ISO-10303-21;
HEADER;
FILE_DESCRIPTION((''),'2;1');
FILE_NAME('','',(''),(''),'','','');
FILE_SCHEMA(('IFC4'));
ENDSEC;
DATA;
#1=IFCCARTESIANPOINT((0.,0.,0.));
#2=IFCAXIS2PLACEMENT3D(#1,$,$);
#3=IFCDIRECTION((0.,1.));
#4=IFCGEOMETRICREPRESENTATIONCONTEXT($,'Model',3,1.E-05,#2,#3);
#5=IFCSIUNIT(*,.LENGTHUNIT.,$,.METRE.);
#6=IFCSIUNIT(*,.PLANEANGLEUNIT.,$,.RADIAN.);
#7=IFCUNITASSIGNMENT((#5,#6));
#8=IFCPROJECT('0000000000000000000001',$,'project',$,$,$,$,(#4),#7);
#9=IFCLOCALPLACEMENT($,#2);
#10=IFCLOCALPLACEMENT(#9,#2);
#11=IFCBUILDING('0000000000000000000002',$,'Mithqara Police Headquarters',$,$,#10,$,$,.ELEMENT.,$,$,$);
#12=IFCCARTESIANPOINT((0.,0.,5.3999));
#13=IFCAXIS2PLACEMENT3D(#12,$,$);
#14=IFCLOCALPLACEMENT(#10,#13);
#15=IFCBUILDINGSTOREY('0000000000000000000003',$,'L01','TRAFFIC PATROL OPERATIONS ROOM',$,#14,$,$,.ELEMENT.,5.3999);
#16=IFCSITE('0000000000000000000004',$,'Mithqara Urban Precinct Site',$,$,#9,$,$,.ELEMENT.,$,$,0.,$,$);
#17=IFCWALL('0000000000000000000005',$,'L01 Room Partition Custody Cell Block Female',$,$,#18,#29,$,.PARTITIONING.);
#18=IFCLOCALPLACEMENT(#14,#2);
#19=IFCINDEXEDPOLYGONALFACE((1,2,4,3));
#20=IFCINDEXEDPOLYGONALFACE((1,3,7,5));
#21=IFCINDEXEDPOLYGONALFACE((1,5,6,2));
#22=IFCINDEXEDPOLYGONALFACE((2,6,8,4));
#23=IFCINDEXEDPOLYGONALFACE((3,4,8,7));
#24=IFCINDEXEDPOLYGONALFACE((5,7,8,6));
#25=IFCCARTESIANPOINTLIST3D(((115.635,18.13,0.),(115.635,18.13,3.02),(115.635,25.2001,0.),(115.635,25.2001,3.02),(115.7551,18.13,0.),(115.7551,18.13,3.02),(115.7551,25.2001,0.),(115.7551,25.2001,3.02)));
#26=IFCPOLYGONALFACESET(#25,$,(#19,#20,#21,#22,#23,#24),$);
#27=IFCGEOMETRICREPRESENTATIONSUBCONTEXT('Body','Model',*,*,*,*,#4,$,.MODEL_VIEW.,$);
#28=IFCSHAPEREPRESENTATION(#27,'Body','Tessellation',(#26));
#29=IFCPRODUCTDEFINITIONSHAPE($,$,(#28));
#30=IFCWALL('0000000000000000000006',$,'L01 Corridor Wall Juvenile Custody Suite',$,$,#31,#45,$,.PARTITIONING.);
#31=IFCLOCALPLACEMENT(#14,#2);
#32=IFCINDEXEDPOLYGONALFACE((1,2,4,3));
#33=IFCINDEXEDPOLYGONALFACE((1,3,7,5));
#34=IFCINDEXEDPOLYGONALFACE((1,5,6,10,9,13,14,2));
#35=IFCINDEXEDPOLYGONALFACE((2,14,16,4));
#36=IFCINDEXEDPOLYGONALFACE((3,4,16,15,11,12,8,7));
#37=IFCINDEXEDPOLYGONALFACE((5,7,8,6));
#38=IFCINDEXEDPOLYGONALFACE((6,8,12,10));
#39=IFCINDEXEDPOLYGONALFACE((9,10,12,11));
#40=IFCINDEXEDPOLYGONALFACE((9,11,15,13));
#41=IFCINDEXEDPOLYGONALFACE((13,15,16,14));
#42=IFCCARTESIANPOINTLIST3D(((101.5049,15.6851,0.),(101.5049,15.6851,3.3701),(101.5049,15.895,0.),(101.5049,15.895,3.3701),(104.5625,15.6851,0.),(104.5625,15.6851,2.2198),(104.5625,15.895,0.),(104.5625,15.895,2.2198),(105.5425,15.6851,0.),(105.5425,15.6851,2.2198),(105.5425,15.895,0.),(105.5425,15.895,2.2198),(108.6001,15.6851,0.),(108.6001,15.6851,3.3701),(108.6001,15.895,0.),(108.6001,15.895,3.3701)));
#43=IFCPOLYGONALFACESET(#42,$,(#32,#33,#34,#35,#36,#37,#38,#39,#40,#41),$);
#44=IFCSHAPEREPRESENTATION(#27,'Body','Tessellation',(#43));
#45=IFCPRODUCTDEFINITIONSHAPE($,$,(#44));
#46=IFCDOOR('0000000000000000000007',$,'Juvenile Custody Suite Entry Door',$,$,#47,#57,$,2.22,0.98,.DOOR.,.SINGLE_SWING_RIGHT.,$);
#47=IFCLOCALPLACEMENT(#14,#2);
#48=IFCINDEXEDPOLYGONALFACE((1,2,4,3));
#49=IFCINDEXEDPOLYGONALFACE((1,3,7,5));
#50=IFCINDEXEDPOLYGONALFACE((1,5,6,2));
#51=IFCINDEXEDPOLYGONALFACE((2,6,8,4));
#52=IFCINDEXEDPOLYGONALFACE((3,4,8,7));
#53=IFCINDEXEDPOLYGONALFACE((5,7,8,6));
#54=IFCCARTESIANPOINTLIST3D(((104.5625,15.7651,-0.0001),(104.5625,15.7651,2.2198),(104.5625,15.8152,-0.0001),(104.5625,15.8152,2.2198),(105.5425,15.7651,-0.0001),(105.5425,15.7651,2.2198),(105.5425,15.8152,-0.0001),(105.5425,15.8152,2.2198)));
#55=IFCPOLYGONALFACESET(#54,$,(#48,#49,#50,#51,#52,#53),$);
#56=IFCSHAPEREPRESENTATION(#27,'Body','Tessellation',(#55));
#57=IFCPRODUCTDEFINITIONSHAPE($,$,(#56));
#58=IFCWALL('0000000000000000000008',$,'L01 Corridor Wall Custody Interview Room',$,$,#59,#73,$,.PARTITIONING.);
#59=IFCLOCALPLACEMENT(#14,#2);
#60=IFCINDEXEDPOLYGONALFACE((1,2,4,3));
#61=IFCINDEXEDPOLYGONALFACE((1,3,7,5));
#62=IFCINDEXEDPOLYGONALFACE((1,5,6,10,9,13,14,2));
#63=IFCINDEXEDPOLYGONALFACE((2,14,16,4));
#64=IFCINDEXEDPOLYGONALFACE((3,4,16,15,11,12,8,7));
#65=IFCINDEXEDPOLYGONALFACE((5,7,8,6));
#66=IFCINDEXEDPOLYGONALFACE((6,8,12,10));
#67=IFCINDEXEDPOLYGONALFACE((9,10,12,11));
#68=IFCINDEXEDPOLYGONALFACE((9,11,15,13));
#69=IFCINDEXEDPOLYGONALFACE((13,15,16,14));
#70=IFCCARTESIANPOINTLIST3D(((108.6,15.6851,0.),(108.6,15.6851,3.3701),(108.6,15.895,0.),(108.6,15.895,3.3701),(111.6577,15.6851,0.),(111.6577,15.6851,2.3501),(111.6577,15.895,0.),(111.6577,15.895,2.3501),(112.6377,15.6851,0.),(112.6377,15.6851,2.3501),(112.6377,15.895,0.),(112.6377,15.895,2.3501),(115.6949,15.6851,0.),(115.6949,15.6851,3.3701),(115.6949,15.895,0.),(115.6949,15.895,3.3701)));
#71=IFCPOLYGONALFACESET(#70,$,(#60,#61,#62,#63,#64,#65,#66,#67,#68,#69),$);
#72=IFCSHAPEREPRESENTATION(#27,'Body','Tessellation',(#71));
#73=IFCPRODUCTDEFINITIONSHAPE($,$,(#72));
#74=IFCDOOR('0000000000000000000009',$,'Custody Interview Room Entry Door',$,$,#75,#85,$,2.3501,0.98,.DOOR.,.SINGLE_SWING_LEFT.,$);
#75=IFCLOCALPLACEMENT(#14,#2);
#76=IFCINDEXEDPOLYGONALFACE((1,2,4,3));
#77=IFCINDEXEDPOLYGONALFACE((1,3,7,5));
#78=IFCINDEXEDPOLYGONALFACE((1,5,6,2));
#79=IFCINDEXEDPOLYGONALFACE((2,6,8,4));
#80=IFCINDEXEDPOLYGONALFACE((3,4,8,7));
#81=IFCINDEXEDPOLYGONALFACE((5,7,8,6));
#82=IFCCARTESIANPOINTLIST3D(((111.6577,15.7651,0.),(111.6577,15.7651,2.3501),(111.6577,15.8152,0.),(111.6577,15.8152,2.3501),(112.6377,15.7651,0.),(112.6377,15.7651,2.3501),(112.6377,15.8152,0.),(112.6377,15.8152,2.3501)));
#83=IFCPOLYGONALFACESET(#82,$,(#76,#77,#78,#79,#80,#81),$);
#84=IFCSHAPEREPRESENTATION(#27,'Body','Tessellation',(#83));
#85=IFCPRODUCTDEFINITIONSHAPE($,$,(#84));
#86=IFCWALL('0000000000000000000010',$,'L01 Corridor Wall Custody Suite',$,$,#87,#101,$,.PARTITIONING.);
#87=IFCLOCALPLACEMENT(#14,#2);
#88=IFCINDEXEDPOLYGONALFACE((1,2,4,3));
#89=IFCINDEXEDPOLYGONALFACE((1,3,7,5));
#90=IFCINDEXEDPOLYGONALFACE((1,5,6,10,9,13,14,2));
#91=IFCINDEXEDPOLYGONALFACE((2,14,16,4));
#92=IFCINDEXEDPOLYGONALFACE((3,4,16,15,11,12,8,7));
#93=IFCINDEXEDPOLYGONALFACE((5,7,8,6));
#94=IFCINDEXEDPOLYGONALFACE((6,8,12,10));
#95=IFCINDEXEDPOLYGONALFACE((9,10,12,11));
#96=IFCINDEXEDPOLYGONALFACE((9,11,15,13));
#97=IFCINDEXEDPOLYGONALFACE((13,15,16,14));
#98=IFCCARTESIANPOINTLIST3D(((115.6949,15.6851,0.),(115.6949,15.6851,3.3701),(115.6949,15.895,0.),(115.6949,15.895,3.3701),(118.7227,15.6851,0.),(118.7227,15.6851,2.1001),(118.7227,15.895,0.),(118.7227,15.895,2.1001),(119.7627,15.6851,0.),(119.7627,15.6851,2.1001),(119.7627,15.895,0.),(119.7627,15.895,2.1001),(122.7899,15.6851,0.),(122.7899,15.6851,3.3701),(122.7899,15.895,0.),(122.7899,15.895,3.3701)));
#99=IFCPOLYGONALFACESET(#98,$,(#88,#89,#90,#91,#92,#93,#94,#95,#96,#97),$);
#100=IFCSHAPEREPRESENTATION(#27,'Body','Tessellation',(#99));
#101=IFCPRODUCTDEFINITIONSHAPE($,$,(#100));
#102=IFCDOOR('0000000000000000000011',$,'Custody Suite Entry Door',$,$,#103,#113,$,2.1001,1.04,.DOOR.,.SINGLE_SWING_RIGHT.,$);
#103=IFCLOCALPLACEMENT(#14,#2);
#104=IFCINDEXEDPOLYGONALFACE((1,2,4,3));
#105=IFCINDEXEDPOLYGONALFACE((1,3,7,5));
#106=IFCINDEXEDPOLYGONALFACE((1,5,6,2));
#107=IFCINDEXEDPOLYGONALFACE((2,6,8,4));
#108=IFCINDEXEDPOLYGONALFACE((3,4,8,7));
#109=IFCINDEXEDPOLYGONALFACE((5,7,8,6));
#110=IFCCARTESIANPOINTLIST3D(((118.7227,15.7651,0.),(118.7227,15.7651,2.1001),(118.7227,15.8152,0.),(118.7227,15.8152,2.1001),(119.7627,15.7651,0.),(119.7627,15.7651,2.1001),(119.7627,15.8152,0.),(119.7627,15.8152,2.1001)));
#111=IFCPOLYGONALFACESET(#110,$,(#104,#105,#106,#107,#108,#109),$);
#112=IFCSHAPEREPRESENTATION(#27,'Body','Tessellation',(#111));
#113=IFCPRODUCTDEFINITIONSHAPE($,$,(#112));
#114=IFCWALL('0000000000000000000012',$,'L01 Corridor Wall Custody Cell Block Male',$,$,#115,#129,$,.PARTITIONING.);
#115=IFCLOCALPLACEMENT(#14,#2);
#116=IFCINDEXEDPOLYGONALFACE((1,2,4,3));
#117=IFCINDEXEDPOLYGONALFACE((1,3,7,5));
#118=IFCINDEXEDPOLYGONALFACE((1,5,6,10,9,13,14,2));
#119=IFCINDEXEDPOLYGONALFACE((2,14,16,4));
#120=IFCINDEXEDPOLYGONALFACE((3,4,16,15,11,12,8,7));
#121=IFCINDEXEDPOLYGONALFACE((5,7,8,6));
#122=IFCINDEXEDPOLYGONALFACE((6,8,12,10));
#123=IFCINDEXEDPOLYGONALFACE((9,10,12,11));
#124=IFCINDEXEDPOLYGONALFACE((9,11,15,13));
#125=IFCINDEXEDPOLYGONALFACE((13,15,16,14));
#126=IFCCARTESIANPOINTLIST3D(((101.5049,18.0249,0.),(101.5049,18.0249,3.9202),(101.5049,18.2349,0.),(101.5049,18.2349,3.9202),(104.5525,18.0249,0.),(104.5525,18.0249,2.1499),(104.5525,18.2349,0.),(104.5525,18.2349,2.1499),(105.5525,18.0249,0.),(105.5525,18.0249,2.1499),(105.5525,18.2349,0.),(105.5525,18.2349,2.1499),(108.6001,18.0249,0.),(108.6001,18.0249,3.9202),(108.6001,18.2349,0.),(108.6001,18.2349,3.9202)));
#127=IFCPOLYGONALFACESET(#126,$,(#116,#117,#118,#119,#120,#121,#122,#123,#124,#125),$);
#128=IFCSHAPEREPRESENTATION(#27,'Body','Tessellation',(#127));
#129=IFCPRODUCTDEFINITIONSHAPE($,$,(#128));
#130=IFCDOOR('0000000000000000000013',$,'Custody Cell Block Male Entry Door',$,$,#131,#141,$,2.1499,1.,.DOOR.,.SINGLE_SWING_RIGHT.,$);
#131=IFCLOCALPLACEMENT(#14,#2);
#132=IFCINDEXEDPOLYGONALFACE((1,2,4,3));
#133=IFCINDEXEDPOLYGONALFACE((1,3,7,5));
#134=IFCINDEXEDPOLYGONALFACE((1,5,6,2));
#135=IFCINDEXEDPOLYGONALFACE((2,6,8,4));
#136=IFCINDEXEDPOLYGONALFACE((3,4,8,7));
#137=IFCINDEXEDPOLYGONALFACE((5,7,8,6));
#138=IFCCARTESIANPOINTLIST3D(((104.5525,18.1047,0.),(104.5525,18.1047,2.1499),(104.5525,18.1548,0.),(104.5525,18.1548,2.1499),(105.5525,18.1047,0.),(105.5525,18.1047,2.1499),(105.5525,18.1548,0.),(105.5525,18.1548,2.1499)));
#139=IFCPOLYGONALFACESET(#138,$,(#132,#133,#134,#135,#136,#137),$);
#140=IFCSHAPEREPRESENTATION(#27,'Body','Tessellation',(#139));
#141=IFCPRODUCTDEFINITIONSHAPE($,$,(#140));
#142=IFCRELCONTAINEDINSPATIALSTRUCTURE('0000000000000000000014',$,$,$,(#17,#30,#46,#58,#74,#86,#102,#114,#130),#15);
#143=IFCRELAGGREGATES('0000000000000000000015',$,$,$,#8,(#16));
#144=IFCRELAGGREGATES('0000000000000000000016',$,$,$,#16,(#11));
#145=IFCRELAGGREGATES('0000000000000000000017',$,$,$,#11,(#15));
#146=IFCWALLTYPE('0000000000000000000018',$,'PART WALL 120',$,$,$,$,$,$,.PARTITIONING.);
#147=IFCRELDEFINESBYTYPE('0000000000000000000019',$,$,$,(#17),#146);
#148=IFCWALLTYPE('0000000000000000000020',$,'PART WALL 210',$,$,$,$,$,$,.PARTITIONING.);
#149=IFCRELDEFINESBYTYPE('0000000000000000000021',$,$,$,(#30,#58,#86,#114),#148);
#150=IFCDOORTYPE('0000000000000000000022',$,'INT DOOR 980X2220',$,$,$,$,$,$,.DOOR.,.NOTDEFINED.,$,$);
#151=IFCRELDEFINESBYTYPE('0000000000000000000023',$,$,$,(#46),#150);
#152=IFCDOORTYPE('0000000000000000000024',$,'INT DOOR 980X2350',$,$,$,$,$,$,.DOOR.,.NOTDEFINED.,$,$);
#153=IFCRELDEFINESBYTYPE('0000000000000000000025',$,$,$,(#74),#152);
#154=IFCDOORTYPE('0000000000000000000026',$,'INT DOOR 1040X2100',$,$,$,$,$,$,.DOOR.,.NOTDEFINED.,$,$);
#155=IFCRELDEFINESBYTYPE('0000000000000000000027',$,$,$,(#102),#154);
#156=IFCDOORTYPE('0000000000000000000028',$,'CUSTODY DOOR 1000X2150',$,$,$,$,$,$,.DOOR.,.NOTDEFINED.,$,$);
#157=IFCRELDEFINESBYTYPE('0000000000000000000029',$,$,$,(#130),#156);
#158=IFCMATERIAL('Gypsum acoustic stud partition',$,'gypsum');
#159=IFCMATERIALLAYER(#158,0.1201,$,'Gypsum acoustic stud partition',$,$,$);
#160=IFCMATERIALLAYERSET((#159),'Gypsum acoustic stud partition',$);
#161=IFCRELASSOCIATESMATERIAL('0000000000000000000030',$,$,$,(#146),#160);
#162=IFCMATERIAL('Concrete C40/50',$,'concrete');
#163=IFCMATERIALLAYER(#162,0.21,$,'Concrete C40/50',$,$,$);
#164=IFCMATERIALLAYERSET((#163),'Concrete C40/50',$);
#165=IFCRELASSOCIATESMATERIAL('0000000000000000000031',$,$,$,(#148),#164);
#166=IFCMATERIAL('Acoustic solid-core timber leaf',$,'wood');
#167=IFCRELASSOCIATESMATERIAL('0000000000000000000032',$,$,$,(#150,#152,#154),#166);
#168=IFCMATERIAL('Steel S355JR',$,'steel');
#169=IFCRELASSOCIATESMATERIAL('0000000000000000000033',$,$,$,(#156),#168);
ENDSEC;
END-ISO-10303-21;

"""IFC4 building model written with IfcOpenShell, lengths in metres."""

from ifc_helpers import new_model, si_unit, direction, frame, frame_2d, origin, place, context, subcontext, project, spatial, rectangle, extrude, material, layer, layer_set, type_object, element, fill, save


model = new_model("IFC4")

# Units and contexts
model_context = context("Model", 3, precision=1e-05, world=origin(), true_north=direction((0.0, 1.0)))
body_context = subcontext(model_context, "Body", "Model", "MODEL_VIEW")
ifc_project = project(units=[si_unit("LENGTHUNIT", "METRE"), si_unit("PLANEANGLEUNIT", "RADIAN")], contexts=[model_context])

# Site, building, storey
site_placement = place(None, origin())
site = spatial("IfcSite", under=ifc_project, at=site_placement, Name="Mithqara Urban Precinct Site", CompositionType="ELEMENT", RefElevation=0.0)
building_placement = place(site_placement, origin())
building = spatial("IfcBuilding", under=site, at=building_placement, Name="Mithqara Police Headquarters", CompositionType="ELEMENT")
storey_placement = place(building_placement, frame((0.0, 0.0, 5.3999)))
storey = spatial("IfcBuildingStorey", under=building, at=storey_placement, Name="L01", Description="TRAFFIC PATROL OPERATIONS ROOM", CompositionType="ELEMENT", Elevation=5.3999)

# Shared definitions
ifc_material_1 = material(Name="Steel S355JR", Category="steel")
ifc_material_2 = material(Name="Concrete C40/50", Category="concrete")

# Wall
ifc_material_3 = material(Name="Gypsum acoustic stud partition", Category="gypsum")
ifc_layer_1 = layer(ifc_material_3, 0.1201, Name="Gypsum acoustic stud partition")
ifc_layer_set_1 = layer_set([ifc_layer_1], Name="Gypsum acoustic stud partition")
wall_type_1 = type_object("IfcWallType", Name="PART WALL 120", PredefinedType="PARTITIONING", material=ifc_layer_set_1)
wall_1_placement = place(storey_placement, frame((115.6951, 18.1299, 0.0), z_axis=(0.0, 0.0, 1.0), x_axis=(0.0, 1.0, 0.0)))
element("IfcWall", 1, at=wall_1_placement, inside=storey, type_object=wall_type_1, Name="L01 Room Partition Custody Cell Block Female", PredefinedType="PARTITIONING", context=body_context, shape_type="SweptSolid", body=[
    extrude(rectangle(XDim=7.0701, YDim=0.1201, at=frame_2d((3.5352, 0.0))), origin(), (0.0, 0.0, 1.0), 3.02),
])

# Walls, openings, doors
ifc_layer_2 = layer(ifc_material_2, 0.21, Name="Concrete C40/50")
ifc_layer_set_2 = layer_set([ifc_layer_2], Name="Concrete C40/50")
wall_type_2 = type_object("IfcWallType", Name="PART WALL 210", PredefinedType="PARTITIONING", material=ifc_layer_set_2)
wall_2_placement = place(storey_placement, frame((101.5049, 15.79, 0.0), z_axis=(0.0, 0.0, 1.0), x_axis=(1.0, 0.0, 0.0)))
wall_2 = element("IfcWall", 2, at=wall_2_placement, inside=storey, type_object=wall_type_2, Name="L01 Corridor Wall Juvenile Custody Suite", PredefinedType="PARTITIONING", context=body_context, shape_type="SweptSolid", body=[
    extrude(rectangle(XDim=7.0952, YDim=0.21, at=frame_2d((3.5476, 0.0))), origin(), (0.0, 0.0, 1.0), 3.3701),
])
opening_1_placement = place(wall_2_placement, frame((3.0576, 0.0, 0.0)))
opening_1 = element("IfcOpeningElement", 3, at=opening_1_placement, cuts=wall_2, PredefinedType="OPENING", context=body_context, shape_type="SweptSolid", body=[
    extrude(rectangle(XDim=0.98, YDim=2.22, at=frame_2d((0.49, 1.1099))), frame((0.0, 0.115, 0.0), z_axis=(0.0, -1.0, 0.0), x_axis=(1.0, 0.0, 0.0)), (0.0, 0.0, 1.0), 0.23),
])
ifc_material_4 = material(Name="Acoustic solid-core timber leaf", Category="wood")
door_type_1 = type_object("IfcDoorType", Name="INT DOOR 980X2220", OperationType="NOTDEFINED", PredefinedType="DOOR", material=ifc_material_4)
door_1_placement = place(opening_1_placement, frame((0.98, 0.0, 0.0), z_axis=(0.0, 0.0, 1.0), x_axis=(-1.0, 0.0, 0.0)))
door_1 = element("IfcDoor", 4, at=door_1_placement, inside=storey, type_object=door_type_1, Name="Juvenile Custody Suite Entry Door", OperationType="SINGLE_SWING_RIGHT", OverallHeight=2.22, OverallWidth=0.98, PredefinedType="DOOR", context=body_context, shape_type="SweptSolid", body=[
    extrude(rectangle(XDim=0.98, YDim=2.22, at=frame_2d((0.49, 1.1099))), frame((0.0, 0.0249, 0.0), z_axis=(0.0, -1.0, 0.0), x_axis=(1.0, 0.0, 0.0)), (0.0, 0.0, 1.0), 0.05),
])
fill(opening_1, door_1)
wall_3_placement = place(storey_placement, frame((108.6001, 15.79, 0.0), z_axis=(0.0, 0.0, 1.0), x_axis=(1.0, 0.0, 0.0)))
wall_3 = element("IfcWall", 5, at=wall_3_placement, inside=storey, type_object=wall_type_2, Name="L01 Corridor Wall Custody Interview Room", PredefinedType="PARTITIONING", context=body_context, shape_type="SweptSolid", body=[
    extrude(rectangle(XDim=7.095, YDim=0.21, at=frame_2d((3.5474, 0.0))), origin(), (0.0, 0.0, 1.0), 3.3701),
])
opening_2_placement = place(wall_3_placement, frame((3.0576, 0.0, 0.0)))
opening_2 = element("IfcOpeningElement", 6, at=opening_2_placement, cuts=wall_3, PredefinedType="OPENING", context=body_context, shape_type="SweptSolid", body=[
    extrude(rectangle(XDim=0.98, YDim=2.3501, at=frame_2d((0.49, 1.175))), frame((0.0, 0.115, 0.0), z_axis=(0.0, -1.0, 0.0), x_axis=(1.0, 0.0, 0.0)), (0.0, 0.0, 1.0), 0.23),
])
door_type_2 = type_object("IfcDoorType", Name="INT DOOR 980X2350", OperationType="NOTDEFINED", PredefinedType="DOOR", material=ifc_material_4)
door_2_placement = place(opening_2_placement, frame((0.98, 0.0, 0.0), z_axis=(0.0, 0.0, 1.0), x_axis=(-1.0, 0.0, 0.0)))
door_2 = element("IfcDoor", 7, at=door_2_placement, inside=storey, type_object=door_type_2, Name="Custody Interview Room Entry Door", OperationType="SINGLE_SWING_LEFT", OverallHeight=2.3501, OverallWidth=0.98, PredefinedType="DOOR", context=body_context, shape_type="SweptSolid", body=[
    extrude(rectangle(XDim=0.98, YDim=2.3501, at=frame_2d((0.49, 1.175))), frame((0.0, 0.0249, 0.0), z_axis=(0.0, -1.0, 0.0), x_axis=(1.0, 0.0, 0.0)), (0.0, 0.0, 1.0), 0.05),
])
fill(opening_2, door_2)
wall_4_placement = place(storey_placement, frame((115.6951, 15.79, 0.0), z_axis=(0.0, 0.0, 1.0), x_axis=(1.0, 0.0, 0.0)))
wall_4 = element("IfcWall", 8, at=wall_4_placement, inside=storey, type_object=wall_type_2, Name="L01 Corridor Wall Custody Suite", PredefinedType="PARTITIONING", context=body_context, shape_type="SweptSolid", body=[
    extrude(rectangle(XDim=7.095, YDim=0.21, at=frame_2d((3.5474, 0.0))), origin(), (0.0, 0.0, 1.0), 3.3701),
])
opening_3_placement = place(wall_4_placement, frame((3.0276, 0.0, 0.0)))
opening_3 = element("IfcOpeningElement", 9, at=opening_3_placement, cuts=wall_4, PredefinedType="OPENING", context=body_context, shape_type="SweptSolid", body=[
    extrude(rectangle(XDim=1.04, YDim=2.1001, at=frame_2d((0.52, 1.05))), frame((0.0, 0.115, 0.0), z_axis=(0.0, -1.0, 0.0), x_axis=(1.0, 0.0, 0.0)), (0.0, 0.0, 1.0), 0.23),
])
door_type_3 = type_object("IfcDoorType", Name="INT DOOR 1040X2100", OperationType="NOTDEFINED", PredefinedType="DOOR", material=ifc_material_4)
door_3_placement = place(opening_3_placement, frame((1.04, 0.0, 0.0), z_axis=(0.0, 0.0, 1.0), x_axis=(-1.0, 0.0, 0.0)))
door_3 = element("IfcDoor", 10, at=door_3_placement, inside=storey, type_object=door_type_3, Name="Custody Suite Entry Door", OperationType="SINGLE_SWING_RIGHT", OverallHeight=2.1001, OverallWidth=1.04, PredefinedType="DOOR", context=body_context, shape_type="SweptSolid", body=[
    extrude(rectangle(XDim=1.04, YDim=2.1001, at=frame_2d((0.52, 1.05))), frame((0.0, 0.0249, 0.0), z_axis=(0.0, -1.0, 0.0), x_axis=(1.0, 0.0, 0.0)), (0.0, 0.0, 1.0), 0.05),
])
fill(opening_3, door_3)
wall_5_placement = place(storey_placement, frame((101.5049, 18.1299, 0.0), z_axis=(0.0, 0.0, 1.0), x_axis=(1.0, 0.0, 0.0)))
wall_5 = element("IfcWall", 11, at=wall_5_placement, inside=storey, type_object=wall_type_2, Name="L01 Corridor Wall Custody Cell Block Male", PredefinedType="PARTITIONING", context=body_context, shape_type="SweptSolid", body=[
    extrude(rectangle(XDim=7.0952, YDim=0.21, at=frame_2d((3.5476, 0.0))), origin(), (0.0, 0.0, 1.0), 3.9202),
])
opening_4_placement = place(wall_5_placement, frame((3.0476, 0.0, 0.0)))
opening_4 = element("IfcOpeningElement", 12, at=opening_4_placement, cuts=wall_5, PredefinedType="OPENING", context=body_context, shape_type="SweptSolid", body=[
    extrude(rectangle(XDim=1.0, YDim=2.1499, at=frame_2d((0.5, 1.075))), frame((0.0, 0.115, 0.0), z_axis=(0.0, -1.0, 0.0), x_axis=(1.0, 0.0, 0.0)), (0.0, 0.0, 1.0), 0.23),
])
door_type_4 = type_object("IfcDoorType", Name="CUSTODY DOOR 1000X2150", OperationType="NOTDEFINED", PredefinedType="DOOR", material=ifc_material_1)
door_4_placement = place(opening_4_placement, origin())
door_4 = element("IfcDoor", 13, at=door_4_placement, inside=storey, type_object=door_type_4, Name="Custody Cell Block Male Entry Door", OperationType="SINGLE_SWING_RIGHT", OverallHeight=2.1499, OverallWidth=1.0, PredefinedType="DOOR", context=body_context, shape_type="SweptSolid", body=[
    extrude(rectangle(XDim=1.0, YDim=2.1499, at=frame_2d((0.5, 1.075))), frame((0.0, 0.0249, 0.0), z_axis=(0.0, -1.0, 0.0), x_axis=(1.0, 0.0, 0.0)), (0.0, 0.0, 1.0), 0.05),
])
fill(opening_4, door_4)

save(model, "model.ifc")
